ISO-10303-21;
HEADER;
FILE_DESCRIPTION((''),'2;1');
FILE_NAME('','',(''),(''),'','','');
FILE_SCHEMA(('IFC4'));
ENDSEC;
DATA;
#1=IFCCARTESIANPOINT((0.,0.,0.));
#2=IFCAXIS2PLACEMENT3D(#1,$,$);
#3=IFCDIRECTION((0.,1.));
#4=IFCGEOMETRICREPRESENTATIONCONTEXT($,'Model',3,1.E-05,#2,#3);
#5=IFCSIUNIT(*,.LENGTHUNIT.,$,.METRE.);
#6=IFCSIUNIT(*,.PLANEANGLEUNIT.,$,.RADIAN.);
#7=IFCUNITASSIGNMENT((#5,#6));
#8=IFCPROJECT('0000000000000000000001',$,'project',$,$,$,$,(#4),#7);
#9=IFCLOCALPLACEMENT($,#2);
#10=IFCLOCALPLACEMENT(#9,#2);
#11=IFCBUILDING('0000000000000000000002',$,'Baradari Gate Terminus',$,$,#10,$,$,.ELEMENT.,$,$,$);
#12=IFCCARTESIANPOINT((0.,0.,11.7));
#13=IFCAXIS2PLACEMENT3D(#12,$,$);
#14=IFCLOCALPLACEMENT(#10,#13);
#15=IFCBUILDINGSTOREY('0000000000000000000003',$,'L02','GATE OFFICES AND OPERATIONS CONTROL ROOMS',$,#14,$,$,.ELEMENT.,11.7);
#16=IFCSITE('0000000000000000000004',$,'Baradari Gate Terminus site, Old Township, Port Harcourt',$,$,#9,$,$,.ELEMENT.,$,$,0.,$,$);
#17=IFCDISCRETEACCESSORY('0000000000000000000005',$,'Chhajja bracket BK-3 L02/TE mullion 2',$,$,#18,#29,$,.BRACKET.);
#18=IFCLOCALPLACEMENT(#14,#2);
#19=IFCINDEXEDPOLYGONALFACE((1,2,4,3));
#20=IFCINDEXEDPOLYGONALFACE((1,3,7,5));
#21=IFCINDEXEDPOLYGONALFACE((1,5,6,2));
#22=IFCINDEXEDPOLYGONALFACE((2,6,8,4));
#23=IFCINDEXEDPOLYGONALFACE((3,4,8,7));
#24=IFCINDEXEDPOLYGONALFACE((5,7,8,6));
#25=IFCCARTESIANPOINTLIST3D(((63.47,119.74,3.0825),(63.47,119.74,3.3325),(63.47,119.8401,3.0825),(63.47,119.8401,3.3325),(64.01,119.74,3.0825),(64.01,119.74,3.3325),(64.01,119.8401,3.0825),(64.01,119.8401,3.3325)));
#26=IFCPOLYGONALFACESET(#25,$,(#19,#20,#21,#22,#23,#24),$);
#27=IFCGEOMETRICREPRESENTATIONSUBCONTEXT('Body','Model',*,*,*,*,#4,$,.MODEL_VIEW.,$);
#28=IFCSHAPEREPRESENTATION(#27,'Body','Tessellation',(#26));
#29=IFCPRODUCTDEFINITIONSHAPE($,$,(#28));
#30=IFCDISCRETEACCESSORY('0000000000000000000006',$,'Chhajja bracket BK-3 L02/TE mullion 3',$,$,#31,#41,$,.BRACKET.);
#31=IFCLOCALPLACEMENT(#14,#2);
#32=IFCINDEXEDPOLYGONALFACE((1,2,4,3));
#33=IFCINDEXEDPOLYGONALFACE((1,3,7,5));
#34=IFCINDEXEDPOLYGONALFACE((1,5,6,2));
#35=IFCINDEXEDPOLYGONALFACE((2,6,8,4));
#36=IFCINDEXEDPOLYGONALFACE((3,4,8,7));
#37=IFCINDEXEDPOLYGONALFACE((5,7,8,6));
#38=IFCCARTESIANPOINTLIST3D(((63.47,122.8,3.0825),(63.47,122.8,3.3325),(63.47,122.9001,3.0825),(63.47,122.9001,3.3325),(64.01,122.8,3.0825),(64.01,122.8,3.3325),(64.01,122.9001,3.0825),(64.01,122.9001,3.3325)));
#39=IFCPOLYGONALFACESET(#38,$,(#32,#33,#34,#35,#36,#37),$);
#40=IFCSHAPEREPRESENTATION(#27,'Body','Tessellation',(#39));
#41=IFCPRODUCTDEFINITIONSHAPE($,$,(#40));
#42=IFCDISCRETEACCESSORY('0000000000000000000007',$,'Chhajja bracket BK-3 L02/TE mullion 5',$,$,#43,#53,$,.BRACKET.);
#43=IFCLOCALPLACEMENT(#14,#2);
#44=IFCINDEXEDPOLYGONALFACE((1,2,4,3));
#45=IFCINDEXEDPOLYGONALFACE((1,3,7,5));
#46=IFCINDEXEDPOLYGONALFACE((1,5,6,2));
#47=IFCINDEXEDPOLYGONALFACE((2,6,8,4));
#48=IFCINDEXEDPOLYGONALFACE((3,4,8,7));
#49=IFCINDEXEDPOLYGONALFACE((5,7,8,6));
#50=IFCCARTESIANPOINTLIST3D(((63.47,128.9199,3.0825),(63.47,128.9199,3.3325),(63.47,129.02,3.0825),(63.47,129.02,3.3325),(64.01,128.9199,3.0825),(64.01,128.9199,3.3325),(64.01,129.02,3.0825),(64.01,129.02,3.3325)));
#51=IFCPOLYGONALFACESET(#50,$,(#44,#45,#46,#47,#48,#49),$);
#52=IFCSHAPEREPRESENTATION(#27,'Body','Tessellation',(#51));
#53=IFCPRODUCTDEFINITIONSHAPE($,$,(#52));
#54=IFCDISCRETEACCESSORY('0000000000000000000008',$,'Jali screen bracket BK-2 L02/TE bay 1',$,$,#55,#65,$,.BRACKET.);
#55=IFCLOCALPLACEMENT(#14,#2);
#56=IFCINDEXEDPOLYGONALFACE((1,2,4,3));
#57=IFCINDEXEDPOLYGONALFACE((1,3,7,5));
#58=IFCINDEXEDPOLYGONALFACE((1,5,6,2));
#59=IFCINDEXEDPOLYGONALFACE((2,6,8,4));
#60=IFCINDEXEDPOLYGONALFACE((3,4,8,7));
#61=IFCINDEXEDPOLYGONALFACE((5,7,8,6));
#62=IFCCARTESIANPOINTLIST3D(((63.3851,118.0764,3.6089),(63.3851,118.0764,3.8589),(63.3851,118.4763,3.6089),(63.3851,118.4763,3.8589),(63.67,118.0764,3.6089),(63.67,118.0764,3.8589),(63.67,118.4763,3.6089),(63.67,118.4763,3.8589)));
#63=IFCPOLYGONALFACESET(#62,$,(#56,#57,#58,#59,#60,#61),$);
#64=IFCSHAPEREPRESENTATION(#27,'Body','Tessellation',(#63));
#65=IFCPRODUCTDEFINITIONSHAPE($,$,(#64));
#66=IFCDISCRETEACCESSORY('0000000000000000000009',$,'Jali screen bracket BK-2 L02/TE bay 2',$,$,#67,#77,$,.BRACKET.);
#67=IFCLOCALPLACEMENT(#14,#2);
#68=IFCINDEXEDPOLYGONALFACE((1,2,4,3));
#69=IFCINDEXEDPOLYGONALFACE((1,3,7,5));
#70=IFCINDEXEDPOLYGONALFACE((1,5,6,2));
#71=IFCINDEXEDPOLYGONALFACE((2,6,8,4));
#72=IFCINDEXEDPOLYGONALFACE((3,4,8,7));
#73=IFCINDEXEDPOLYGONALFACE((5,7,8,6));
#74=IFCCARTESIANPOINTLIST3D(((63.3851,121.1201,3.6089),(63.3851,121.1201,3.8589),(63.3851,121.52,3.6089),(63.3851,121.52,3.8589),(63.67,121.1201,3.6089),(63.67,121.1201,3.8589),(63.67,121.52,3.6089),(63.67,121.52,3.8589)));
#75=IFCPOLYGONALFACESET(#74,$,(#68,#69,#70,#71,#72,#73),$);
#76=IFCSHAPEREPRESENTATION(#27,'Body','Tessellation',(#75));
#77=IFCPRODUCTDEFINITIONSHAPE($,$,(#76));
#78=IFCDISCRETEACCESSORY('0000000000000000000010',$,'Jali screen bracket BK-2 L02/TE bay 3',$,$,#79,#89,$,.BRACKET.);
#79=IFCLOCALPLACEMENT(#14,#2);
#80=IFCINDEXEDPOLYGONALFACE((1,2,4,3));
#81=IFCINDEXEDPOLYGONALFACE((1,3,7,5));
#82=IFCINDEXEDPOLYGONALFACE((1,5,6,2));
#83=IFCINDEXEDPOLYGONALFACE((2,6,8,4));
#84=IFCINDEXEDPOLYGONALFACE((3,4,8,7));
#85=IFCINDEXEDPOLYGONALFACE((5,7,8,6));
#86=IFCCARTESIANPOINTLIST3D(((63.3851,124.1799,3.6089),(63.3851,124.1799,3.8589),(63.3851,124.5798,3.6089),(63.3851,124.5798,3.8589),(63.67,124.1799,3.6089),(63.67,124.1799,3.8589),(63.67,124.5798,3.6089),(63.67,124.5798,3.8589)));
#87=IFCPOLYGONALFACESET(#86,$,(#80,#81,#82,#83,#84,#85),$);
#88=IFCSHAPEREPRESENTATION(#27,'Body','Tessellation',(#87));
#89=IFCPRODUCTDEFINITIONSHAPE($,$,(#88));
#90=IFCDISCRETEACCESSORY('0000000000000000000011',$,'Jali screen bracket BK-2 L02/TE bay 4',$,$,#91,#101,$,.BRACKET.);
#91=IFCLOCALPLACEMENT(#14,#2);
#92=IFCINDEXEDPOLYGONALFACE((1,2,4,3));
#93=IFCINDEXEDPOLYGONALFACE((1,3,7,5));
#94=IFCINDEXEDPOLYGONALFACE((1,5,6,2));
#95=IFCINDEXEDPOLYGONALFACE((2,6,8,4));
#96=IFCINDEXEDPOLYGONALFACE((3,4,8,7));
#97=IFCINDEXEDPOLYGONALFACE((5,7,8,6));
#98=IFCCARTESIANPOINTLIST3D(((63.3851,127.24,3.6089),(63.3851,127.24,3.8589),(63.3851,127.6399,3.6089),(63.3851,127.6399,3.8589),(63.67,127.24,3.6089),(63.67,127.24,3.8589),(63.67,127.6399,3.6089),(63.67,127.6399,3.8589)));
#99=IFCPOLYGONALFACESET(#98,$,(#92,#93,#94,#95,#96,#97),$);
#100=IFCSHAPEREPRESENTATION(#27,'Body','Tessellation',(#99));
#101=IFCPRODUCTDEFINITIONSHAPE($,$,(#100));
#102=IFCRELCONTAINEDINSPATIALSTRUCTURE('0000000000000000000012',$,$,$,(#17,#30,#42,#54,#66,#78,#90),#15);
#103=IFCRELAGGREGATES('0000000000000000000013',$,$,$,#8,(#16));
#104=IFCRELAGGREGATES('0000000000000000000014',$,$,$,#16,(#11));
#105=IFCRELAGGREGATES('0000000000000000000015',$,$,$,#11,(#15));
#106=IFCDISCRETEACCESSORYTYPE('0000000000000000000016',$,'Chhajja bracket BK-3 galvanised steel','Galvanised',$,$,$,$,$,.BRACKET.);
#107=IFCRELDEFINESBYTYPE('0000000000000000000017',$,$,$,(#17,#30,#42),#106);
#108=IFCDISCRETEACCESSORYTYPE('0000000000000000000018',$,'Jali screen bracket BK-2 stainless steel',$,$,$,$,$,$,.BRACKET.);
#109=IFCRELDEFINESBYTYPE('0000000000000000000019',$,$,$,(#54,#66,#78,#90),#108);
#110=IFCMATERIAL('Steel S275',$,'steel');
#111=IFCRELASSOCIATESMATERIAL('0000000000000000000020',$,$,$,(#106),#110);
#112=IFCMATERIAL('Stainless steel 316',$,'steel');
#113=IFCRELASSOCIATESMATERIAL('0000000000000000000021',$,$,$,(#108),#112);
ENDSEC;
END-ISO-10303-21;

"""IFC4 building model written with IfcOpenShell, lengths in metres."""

from ifc_helpers import new_model, si_unit, direction, frame, origin, origin_2d, place, context, subcontext, project, spatial, rectangle, extrude, material, type_object, element, save


model = new_model("IFC4")

# Units and contexts
model_context = context("Model", 3, precision=1e-05, world=origin(), true_north=direction((0.0, 1.0)))
body_context = subcontext(model_context, "Body", "Model", "MODEL_VIEW")
ifc_project = project(units=[si_unit("LENGTHUNIT", "METRE"), si_unit("PLANEANGLEUNIT", "RADIAN")], contexts=[model_context])

# Site, building, storey
site_placement = place(None, origin())
site = spatial("IfcSite", under=ifc_project, at=site_placement, Name="Baradari Gate Terminus site, Old Township, Port Harcourt", CompositionType="ELEMENT", RefElevation=0.0)
building_placement = place(site_placement, origin())
building = spatial("IfcBuilding", under=site, at=building_placement, Name="Baradari Gate Terminus", CompositionType="ELEMENT")
storey_placement = place(building_placement, frame((0.0, 0.0, 11.7)))
storey = spatial("IfcBuildingStorey", under=building, at=storey_placement, Name="L02", Description="GATE OFFICES AND OPERATIONS CONTROL ROOMS", CompositionType="ELEMENT", Elevation=11.7)

# Discrete accessories
ifc_material_1 = material(Name="Steel S275", Category="steel")
discrete_accessory_type_1 = type_object("IfcDiscreteAccessoryType", Name="Chhajja bracket BK-3 galvanised steel", Description="Galvanised", PredefinedType="BRACKET", material=ifc_material_1)
for number, where, z_axis, x_axis, name in (
    (1, (63.74, 119.79, 3.0825), (0.0, 0.0, 1.0), (1.0, 0.0, 0.0), "Chhajja bracket BK-3 L02/TE mullion 2"),
    (2, (63.74, 122.8501, 3.0825), (0.0, 0.0, 1.0), (1.0, 0.0, 0.0), "Chhajja bracket BK-3 L02/TE mullion 3"),
    (3, (63.74, 128.97, 3.0825), (0.0, 0.0, 1.0), (1.0, 0.0, 0.0), "Chhajja bracket BK-3 L02/TE mullion 5"),
):
    element("IfcDiscreteAccessory", number, at=place(storey_placement, frame(where, z_axis=z_axis, x_axis=x_axis)), inside=storey, type_object=discrete_accessory_type_1, Name=name, PredefinedType="BRACKET", context=body_context, shape_type="SweptSolid", body=[
        extrude(rectangle(XDim=0.54, YDim=0.1001, at=origin_2d()), origin(), (0.0, 0.0, 1.0), 0.25),
    ])
ifc_material_2 = material(Name="Stainless steel 316", Category="steel")
discrete_accessory_type_2 = type_object("IfcDiscreteAccessoryType", Name="Jali screen bracket BK-2 stainless steel", PredefinedType="BRACKET", material=ifc_material_2)
for number, where, z_axis, x_axis, name in (
    (4, (63.5276, 118.2764, 3.6089), (0.0, 0.0, 1.0), (1.0, 0.0, 0.0), "Jali screen bracket BK-2 L02/TE bay 1"),
    (5, (63.5276, 121.3201, 3.6089), (0.0, 0.0, 1.0), (1.0, 0.0, 0.0), "Jali screen bracket BK-2 L02/TE bay 2"),
    (6, (63.5276, 124.3799, 3.6089), (0.0, 0.0, 1.0), (1.0, 0.0, 0.0), "Jali screen bracket BK-2 L02/TE bay 3"),
    (7, (63.5276, 127.4399, 3.6089), (0.0, 0.0, 1.0), (1.0, 0.0, 0.0), "Jali screen bracket BK-2 L02/TE bay 4"),
):
    element("IfcDiscreteAccessory", number, at=place(storey_placement, frame(where, z_axis=z_axis, x_axis=x_axis)), inside=storey, type_object=discrete_accessory_type_2, Name=name, PredefinedType="BRACKET", context=body_context, shape_type="SweptSolid", body=[
        extrude(rectangle(XDim=0.2849, YDim=0.3999, at=origin_2d()), origin(), (0.0, 0.0, 1.0), 0.25),
    ])

save(model, "model.ifc")
